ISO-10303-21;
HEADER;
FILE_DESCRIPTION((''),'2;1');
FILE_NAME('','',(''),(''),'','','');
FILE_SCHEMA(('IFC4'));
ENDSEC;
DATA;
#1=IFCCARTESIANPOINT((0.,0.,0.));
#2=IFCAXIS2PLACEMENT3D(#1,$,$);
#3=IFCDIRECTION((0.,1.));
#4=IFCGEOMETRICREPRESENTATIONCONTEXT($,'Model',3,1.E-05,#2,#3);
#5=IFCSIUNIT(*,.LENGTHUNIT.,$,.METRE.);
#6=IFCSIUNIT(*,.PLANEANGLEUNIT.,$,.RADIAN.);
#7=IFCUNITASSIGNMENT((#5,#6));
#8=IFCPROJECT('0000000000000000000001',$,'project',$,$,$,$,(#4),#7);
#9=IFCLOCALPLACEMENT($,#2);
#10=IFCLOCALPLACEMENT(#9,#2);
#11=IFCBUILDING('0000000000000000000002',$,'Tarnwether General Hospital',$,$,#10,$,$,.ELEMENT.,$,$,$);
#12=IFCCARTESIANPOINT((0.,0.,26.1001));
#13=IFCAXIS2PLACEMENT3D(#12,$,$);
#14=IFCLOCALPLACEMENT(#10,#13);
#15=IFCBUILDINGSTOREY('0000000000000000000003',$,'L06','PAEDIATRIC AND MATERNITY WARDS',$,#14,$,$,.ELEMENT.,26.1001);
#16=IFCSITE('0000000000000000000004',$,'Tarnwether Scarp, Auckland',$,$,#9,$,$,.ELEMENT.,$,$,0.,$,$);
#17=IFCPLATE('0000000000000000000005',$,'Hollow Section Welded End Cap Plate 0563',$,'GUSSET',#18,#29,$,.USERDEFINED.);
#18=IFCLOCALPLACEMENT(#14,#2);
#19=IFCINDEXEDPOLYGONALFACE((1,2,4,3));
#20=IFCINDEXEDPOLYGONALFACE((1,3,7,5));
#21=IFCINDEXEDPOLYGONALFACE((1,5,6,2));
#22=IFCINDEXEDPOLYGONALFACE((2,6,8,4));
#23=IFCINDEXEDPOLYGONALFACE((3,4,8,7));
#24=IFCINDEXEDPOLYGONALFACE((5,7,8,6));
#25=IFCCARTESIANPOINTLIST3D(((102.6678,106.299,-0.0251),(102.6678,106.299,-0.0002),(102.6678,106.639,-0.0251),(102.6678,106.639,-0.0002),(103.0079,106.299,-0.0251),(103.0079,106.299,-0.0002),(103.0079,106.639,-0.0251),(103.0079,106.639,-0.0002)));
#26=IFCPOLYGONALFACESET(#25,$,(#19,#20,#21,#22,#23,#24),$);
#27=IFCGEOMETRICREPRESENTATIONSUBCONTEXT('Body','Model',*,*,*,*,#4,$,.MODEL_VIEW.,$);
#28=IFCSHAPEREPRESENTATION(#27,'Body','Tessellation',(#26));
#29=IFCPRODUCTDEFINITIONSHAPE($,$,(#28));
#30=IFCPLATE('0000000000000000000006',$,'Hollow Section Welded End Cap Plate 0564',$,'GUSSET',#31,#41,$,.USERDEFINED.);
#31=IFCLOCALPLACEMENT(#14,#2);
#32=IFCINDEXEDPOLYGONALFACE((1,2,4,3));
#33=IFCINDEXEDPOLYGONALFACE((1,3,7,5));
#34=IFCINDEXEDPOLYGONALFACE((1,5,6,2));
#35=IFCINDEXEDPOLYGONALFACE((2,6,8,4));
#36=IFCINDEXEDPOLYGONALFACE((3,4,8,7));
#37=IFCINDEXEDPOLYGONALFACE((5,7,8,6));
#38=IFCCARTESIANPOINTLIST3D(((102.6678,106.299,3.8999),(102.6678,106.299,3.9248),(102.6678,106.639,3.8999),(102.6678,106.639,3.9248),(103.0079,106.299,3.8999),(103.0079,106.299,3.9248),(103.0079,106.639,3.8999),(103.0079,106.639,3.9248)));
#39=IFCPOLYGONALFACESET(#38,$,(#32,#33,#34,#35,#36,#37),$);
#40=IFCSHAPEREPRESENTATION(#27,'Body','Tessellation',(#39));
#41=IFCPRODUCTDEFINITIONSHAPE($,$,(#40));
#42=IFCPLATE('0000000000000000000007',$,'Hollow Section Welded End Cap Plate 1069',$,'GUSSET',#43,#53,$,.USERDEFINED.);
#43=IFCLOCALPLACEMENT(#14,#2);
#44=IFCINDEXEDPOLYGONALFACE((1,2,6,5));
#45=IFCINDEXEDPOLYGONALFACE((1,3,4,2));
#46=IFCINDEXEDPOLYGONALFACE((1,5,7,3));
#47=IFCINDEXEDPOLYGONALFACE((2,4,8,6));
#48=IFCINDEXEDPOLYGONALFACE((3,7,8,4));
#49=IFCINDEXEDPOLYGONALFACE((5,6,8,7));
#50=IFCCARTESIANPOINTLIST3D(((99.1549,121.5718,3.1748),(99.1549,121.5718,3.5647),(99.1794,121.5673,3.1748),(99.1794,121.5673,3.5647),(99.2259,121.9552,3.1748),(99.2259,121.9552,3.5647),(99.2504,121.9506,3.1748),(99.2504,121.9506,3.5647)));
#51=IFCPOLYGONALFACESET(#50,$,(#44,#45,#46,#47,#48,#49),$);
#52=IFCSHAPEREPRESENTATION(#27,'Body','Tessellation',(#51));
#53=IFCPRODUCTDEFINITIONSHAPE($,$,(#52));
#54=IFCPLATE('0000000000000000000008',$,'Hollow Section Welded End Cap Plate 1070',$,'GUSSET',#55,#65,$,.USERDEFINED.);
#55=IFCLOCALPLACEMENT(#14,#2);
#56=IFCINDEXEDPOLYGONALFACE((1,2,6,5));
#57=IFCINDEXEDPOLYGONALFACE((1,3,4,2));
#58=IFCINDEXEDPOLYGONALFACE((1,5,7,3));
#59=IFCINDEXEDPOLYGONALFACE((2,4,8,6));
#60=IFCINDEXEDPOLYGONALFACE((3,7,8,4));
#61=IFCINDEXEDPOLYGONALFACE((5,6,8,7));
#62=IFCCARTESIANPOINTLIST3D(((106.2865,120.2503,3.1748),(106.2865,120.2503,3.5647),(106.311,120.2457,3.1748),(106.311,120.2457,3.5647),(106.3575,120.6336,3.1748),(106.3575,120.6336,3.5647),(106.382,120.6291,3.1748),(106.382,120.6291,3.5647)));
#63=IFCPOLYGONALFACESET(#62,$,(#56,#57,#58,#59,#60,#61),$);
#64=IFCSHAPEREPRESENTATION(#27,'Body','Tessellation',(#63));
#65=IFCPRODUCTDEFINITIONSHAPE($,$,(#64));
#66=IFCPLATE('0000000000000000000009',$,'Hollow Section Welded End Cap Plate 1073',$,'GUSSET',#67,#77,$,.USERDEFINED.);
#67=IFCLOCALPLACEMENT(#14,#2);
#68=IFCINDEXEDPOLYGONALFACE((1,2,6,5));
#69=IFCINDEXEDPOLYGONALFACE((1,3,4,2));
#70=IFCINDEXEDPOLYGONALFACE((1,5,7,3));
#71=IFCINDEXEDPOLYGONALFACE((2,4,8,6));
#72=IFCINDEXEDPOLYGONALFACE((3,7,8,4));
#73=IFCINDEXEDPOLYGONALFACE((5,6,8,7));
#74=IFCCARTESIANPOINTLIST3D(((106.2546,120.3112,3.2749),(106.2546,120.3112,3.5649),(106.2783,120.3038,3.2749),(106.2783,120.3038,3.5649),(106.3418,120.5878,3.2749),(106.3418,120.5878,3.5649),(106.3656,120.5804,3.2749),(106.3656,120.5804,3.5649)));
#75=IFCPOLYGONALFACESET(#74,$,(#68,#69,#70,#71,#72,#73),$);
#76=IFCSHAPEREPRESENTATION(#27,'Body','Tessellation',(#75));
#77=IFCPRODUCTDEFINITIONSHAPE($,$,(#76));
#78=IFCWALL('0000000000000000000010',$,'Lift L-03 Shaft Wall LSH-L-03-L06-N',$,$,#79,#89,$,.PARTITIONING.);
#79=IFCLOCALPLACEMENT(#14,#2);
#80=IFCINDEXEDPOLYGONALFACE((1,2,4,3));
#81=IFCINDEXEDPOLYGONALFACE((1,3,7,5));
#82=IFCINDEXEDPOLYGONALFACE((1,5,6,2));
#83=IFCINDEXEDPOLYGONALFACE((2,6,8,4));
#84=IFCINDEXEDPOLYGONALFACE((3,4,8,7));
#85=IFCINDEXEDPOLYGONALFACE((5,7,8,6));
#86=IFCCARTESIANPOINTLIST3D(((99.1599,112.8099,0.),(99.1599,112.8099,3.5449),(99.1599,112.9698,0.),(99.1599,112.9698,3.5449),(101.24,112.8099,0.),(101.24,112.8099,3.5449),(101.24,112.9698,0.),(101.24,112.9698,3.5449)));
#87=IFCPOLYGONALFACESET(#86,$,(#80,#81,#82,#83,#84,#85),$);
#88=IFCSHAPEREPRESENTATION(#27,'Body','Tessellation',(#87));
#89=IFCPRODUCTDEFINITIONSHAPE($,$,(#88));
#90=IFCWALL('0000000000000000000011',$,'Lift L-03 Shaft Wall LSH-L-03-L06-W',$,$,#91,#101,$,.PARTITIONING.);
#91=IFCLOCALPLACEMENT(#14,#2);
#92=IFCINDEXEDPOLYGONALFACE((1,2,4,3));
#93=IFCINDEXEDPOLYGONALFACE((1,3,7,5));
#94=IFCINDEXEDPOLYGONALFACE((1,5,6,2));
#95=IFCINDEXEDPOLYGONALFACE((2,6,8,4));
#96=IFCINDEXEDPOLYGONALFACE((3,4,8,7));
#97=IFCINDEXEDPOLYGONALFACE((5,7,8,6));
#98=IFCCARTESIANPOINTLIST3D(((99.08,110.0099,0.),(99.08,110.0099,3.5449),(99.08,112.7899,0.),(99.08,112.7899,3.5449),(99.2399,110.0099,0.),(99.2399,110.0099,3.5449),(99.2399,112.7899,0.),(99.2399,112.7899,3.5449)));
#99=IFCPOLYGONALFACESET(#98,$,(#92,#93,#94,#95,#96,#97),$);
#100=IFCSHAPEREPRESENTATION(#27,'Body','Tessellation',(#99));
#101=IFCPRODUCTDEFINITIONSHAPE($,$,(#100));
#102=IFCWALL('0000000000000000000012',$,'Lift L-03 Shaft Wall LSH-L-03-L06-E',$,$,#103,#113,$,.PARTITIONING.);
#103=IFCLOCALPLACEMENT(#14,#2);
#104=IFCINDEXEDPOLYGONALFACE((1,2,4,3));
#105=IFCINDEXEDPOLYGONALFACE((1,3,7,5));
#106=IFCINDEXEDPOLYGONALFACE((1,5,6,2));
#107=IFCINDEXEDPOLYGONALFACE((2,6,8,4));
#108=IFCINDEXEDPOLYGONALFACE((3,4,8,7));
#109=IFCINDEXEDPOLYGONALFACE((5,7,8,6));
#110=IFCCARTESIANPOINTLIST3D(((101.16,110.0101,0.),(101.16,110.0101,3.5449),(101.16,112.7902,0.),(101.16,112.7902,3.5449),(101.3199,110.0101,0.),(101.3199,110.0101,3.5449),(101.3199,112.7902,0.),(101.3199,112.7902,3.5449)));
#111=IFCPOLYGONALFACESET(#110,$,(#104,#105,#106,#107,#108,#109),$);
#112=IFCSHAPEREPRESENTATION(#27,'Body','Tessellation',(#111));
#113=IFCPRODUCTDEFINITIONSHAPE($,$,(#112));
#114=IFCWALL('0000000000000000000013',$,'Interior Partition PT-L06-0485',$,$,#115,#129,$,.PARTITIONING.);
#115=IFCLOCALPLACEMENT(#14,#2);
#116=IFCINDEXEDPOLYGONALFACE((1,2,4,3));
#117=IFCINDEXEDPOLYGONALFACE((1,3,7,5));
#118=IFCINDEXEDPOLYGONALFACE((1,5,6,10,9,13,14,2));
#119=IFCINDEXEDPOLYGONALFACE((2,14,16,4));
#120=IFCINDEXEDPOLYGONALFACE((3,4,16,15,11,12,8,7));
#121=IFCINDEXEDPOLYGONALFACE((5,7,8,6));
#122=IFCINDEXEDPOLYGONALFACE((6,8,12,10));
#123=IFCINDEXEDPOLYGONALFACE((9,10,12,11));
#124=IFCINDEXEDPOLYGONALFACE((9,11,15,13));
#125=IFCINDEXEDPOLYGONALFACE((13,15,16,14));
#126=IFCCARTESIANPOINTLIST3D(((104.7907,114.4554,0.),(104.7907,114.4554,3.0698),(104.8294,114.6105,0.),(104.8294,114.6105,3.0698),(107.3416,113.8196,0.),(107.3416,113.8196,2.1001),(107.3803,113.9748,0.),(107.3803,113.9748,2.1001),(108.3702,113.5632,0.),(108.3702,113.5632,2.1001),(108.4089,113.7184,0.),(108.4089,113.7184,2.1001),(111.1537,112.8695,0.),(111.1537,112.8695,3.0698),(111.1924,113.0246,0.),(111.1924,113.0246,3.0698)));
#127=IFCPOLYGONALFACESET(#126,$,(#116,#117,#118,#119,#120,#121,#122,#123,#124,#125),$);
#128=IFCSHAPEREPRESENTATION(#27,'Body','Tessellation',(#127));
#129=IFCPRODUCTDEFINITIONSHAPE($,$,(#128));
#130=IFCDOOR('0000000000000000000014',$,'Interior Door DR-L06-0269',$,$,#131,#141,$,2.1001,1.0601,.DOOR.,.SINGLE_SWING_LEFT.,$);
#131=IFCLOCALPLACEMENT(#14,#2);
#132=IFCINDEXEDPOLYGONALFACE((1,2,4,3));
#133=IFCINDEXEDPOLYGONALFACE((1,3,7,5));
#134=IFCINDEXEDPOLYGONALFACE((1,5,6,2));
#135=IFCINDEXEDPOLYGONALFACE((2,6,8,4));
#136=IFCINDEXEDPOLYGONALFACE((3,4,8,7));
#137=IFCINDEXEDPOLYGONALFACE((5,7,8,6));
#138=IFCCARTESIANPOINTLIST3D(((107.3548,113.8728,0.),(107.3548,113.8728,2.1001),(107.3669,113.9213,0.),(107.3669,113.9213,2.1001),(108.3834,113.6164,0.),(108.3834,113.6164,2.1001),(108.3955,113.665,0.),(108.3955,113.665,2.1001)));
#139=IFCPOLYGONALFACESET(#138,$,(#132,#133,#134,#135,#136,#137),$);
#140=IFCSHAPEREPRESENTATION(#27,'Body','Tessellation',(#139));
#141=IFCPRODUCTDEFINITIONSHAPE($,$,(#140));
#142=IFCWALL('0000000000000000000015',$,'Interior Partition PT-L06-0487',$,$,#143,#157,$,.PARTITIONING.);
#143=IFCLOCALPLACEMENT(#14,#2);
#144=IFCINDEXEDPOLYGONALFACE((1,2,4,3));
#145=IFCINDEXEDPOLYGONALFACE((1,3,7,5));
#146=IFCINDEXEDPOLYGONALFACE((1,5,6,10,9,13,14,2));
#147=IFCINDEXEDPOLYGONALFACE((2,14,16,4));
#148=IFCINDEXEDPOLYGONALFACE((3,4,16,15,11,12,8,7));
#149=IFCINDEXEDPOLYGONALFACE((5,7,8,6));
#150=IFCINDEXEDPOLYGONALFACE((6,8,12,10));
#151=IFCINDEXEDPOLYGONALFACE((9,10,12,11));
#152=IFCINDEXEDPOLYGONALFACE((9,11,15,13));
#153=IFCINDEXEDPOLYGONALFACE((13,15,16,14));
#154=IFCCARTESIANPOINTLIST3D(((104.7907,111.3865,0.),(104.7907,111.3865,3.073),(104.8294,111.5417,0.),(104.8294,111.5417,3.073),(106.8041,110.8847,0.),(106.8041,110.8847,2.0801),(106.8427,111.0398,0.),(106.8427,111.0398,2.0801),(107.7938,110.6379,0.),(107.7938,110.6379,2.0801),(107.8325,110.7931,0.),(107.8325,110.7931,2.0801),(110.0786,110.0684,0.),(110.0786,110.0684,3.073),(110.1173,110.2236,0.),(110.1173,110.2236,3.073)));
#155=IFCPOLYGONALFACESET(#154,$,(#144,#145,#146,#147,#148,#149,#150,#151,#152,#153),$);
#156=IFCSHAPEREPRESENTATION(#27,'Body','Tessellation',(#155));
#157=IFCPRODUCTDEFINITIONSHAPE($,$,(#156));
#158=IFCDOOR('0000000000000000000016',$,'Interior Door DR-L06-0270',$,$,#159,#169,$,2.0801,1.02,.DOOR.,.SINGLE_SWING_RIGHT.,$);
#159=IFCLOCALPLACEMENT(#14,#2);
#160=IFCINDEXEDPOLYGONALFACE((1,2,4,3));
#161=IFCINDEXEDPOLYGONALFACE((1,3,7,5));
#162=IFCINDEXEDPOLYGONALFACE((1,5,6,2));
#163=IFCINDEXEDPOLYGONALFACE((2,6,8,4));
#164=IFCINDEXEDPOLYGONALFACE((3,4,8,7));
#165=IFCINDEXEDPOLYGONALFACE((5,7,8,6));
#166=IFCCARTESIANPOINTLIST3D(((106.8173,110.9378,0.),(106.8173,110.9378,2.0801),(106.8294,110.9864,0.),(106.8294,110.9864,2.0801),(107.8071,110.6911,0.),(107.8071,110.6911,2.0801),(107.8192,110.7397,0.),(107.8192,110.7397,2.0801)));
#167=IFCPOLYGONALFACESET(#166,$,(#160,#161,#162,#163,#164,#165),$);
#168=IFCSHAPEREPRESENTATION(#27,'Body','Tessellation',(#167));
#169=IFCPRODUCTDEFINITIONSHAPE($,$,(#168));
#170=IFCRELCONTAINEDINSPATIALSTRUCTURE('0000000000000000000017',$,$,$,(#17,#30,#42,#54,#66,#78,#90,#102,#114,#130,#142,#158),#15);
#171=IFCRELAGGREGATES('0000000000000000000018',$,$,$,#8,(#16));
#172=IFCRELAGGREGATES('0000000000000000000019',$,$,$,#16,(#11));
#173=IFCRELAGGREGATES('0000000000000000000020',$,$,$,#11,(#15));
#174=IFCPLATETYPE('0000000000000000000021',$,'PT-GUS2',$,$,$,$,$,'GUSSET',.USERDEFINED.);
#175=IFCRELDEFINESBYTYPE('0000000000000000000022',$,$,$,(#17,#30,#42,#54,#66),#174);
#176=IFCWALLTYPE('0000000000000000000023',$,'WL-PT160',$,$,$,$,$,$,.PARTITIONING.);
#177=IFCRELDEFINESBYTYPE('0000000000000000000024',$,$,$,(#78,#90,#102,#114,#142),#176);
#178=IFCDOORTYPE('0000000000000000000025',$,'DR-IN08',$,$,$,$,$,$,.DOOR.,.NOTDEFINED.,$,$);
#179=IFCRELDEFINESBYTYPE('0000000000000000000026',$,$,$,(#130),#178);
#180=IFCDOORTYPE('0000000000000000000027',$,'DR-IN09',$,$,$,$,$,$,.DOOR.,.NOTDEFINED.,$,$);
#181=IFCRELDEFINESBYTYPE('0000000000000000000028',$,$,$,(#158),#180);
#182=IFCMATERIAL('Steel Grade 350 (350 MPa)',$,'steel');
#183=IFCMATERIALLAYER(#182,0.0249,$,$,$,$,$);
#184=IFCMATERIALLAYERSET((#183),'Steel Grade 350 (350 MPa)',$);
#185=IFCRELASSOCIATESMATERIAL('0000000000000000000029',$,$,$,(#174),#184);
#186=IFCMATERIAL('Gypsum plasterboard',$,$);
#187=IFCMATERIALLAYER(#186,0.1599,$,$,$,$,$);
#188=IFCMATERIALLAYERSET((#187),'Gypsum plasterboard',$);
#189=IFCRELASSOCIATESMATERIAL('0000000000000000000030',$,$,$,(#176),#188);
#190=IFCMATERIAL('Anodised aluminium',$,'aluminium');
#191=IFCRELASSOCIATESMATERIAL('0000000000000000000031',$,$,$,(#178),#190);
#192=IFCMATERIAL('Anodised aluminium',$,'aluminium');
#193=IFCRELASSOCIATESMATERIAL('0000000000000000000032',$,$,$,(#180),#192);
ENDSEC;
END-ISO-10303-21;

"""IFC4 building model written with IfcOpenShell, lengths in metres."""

from ifc_helpers import new_model, si_unit, direction, frame, frame_2d, origin, origin_2d, place, context, subcontext, project, spatial, rectangle, extrude, material, layer, layer_set, type_object, element, fill, save


model = new_model("IFC4")

# Units and contexts
model_context = context("Model", 3, precision=1e-05, world=origin(), true_north=direction((0.0, 1.0)))
body_context = subcontext(model_context, "Body", "Model", "MODEL_VIEW")
ifc_project = project(units=[si_unit("LENGTHUNIT", "METRE"), si_unit("PLANEANGLEUNIT", "RADIAN")], contexts=[model_context])

# Site, building, storey
site_placement = place(None, origin())
site = spatial("IfcSite", under=ifc_project, at=site_placement, Name="Tarnwether Scarp, Auckland", CompositionType="ELEMENT", RefElevation=0.0)
building_placement = place(site_placement, origin())
building = spatial("IfcBuilding", under=site, at=building_placement, Name="Tarnwether General Hospital", CompositionType="ELEMENT")
storey_placement = place(building_placement, frame((0.0, 0.0, 26.1001)))
storey = spatial("IfcBuildingStorey", under=building, at=storey_placement, Name="L06", Description="PAEDIATRIC AND MATERNITY WARDS", CompositionType="ELEMENT", Elevation=26.1001)

# Plates
ifc_material_1 = material(Name="Steel Grade 350 (350 MPa)", Category="steel")
ifc_layer_1 = layer(ifc_material_1, 0.0249)
ifc_layer_set_1 = layer_set([ifc_layer_1], Name="Steel Grade 350 (350 MPa)")
plate_type_1 = type_object("IfcPlateType", Name="PT-GUS2", ElementType="GUSSET", PredefinedType="USERDEFINED", material=ifc_layer_set_1)
for number, where, z_axis, x_axis, name in (
    (1, (102.8379, 106.469, -0.0251), (0.0, 0.0, 1.0), (1.0, 0.0, 0.0), "Hollow Section Welded End Cap Plate 0563"),
    (2, (102.8379, 106.469, 3.8999), (0.0, 0.0, 1.0), (1.0, 0.0, 0.0), "Hollow Section Welded End Cap Plate 0564"),
):
    element("IfcPlate", number, at=place(storey_placement, frame(where, z_axis=z_axis, x_axis=x_axis)), inside=storey, type_object=plate_type_1, Name=name, ObjectType="GUSSET", PredefinedType="USERDEFINED", context=body_context, shape_type="SweptSolid", body=[
        extrude(rectangle(XDim=0.3401, YDim=0.3401, at=origin_2d()), origin(), (0.0, 0.0, 1.0), 0.0249),
    ])
for number, where, z_axis, x_axis, name in (
    (3, (99.2026, 121.7612, 3.1748), (0.0, 0.0, 1.0), (0.983261, -0.182201, 0.0), "Hollow Section Welded End Cap Plate 1069"),
    (4, (106.3342, 120.4397, 3.1748), (0.0, 0.0, 1.0), (0.983261, -0.182201, 0.0), "Hollow Section Welded End Cap Plate 1070"),
):
    element("IfcPlate", number, at=place(storey_placement, frame(where, z_axis=z_axis, x_axis=x_axis)), inside=storey, type_object=plate_type_1, Name=name, ObjectType="GUSSET", PredefinedType="USERDEFINED", context=body_context, shape_type="SweptSolid", body=[
        extrude(rectangle(XDim=0.0249, YDim=0.3899, at=origin_2d()), origin(), (0.0, 0.0, 1.0), 0.3899),
    ])
plate_1_placement = place(storey_placement, frame((106.3101, 120.4458, 3.2749), z_axis=(0.0, 0.0, 1.0), x_axis=(0.953691, -0.300789, 0.0)))
element("IfcPlate", 5, at=plate_1_placement, inside=storey, type_object=plate_type_1, Name="Hollow Section Welded End Cap Plate 1073", ObjectType="GUSSET", PredefinedType="USERDEFINED", context=body_context, shape_type="SweptSolid", body=[
    extrude(rectangle(XDim=0.0249, YDim=0.29, at=origin_2d()), origin(), (0.0, 0.0, 1.0), 0.29),
])

# Walls
ifc_material_2 = material(Name="Gypsum plasterboard")
ifc_layer_2 = layer(ifc_material_2, 0.1599)
ifc_layer_set_2 = layer_set([ifc_layer_2], Name="Gypsum plasterboard")
wall_type_1 = type_object("IfcWallType", Name="WL-PT160", PredefinedType="PARTITIONING", material=ifc_layer_set_2)
wall_1_placement = place(storey_placement, frame((101.24, 112.8899, 0.0), z_axis=(0.0, 0.0, 1.0), x_axis=(-1.0, 0.0, 0.0)))
element("IfcWall", 6, at=wall_1_placement, inside=storey, type_object=wall_type_1, Name="Lift L-03 Shaft Wall LSH-L-03-L06-N", PredefinedType="PARTITIONING", context=body_context, shape_type="SweptSolid", body=[
    extrude(rectangle(XDim=2.0801, YDim=0.1599, at=frame_2d((1.04, 0.0))), origin(), (0.0, 0.0, 1.0), 3.5449),
])
for number, where, z_axis, x_axis, name in (
    (7, (99.1599, 112.79, 0.0), (0.0, 0.0, 1.0), (0.0, -1.0, 0.0), "Lift L-03 Shaft Wall LSH-L-03-L06-W"),
    (8, (101.24, 110.01, 0.0), (0.0, 0.0, 1.0), (0.0, 1.0, 0.0), "Lift L-03 Shaft Wall LSH-L-03-L06-E"),
):
    element("IfcWall", number, at=place(storey_placement, frame(where, z_axis=z_axis, x_axis=x_axis)), inside=storey, type_object=wall_type_1, Name=name, PredefinedType="PARTITIONING", context=body_context, shape_type="SweptSolid", body=[
        extrude(rectangle(XDim=2.78, YDim=0.1599, at=frame_2d((1.3901, 0.0))), origin(), (0.0, 0.0, 1.0), 3.5449),
    ])

# Walls, openings, doors
wall_2_placement = place(storey_placement, frame((104.8101, 114.533, 0.0), z_axis=(0.0, 0.0, 1.0), x_axis=(0.970315, -0.241844, 0.0)))
wall_2 = element("IfcWall", 9, at=wall_2_placement, inside=storey, type_object=wall_type_1, Name="Interior Partition PT-L06-0485", PredefinedType="PARTITIONING", context=body_context, shape_type="SweptSolid", body=[
    extrude(rectangle(XDim=6.5576, YDim=0.1599, at=frame_2d((3.2788, 0.0))), origin(), (0.0, 0.0, 1.0), 3.0698),
])
opening_1_placement = place(wall_2_placement, frame((2.6289, 0.0, 0.0)))
opening_1 = element("IfcOpeningElement", 10, at=opening_1_placement, cuts=wall_2, PredefinedType="OPENING", context=body_context, shape_type="SweptSolid", body=[
    extrude(rectangle(XDim=1.0601, YDim=2.1001, at=frame_2d((0.53, 1.05))), frame((0.0, 0.0898, 0.0), z_axis=(0.0, -1.0, 0.0), x_axis=(1.0, 0.0, 0.0)), (0.0, 0.0, 1.0), 0.1799),
])
ifc_material_3 = material(Name="Anodised aluminium", Category="aluminium")
door_type_1 = type_object("IfcDoorType", Name="DR-IN08", OperationType="NOTDEFINED", PredefinedType="DOOR", material=ifc_material_3)
door_1_placement = place(opening_1_placement, origin())
door_1 = element("IfcDoor", 11, at=door_1_placement, inside=storey, type_object=door_type_1, Name="Interior Door DR-L06-0269", OperationType="SINGLE_SWING_LEFT", OverallHeight=2.1001, OverallWidth=1.0601, PredefinedType="DOOR", context=body_context, shape_type="SweptSolid", body=[
    extrude(rectangle(XDim=1.0601, YDim=2.1001, at=frame_2d((0.53, 1.05))), frame((0.0, 0.0249, 0.0), z_axis=(0.0, -1.0, 0.0), x_axis=(1.0, 0.0, 0.0)), (0.0, 0.0, 1.0), 0.05),
])
fill(opening_1, door_1)
wall_3_placement = place(storey_placement, frame((104.8101, 111.4641, 0.0), z_axis=(0.0, 0.0, 1.0), x_axis=(0.970308, -0.241871, 0.0)))
wall_3 = element("IfcWall", 12, at=wall_3_placement, inside=storey, type_object=wall_type_1, Name="Interior Partition PT-L06-0487", PredefinedType="PARTITIONING", context=body_context, shape_type="SweptSolid", body=[
    extrude(rectangle(XDim=5.4497, YDim=0.1599, at=frame_2d((2.7249, 0.0))), origin(), (0.0, 0.0, 1.0), 3.073),
])
opening_2_placement = place(wall_3_placement, frame((2.075, 0.0, 0.0)))
opening_2 = element("IfcOpeningElement", 13, at=opening_2_placement, cuts=wall_3, PredefinedType="OPENING", context=body_context, shape_type="SweptSolid", body=[
    extrude(rectangle(XDim=1.02, YDim=2.0801, at=frame_2d((0.51, 1.04))), frame((0.0, 0.0898, 0.0), z_axis=(0.0, -1.0, 0.0), x_axis=(1.0, 0.0, 0.0)), (0.0, 0.0, 1.0), 0.1799),
])
ifc_material_4 = material(Name="Anodised aluminium", Category="aluminium")
door_type_2 = type_object("IfcDoorType", Name="DR-IN09", OperationType="NOTDEFINED", PredefinedType="DOOR", material=ifc_material_4)
door_2_placement = place(opening_2_placement, origin())
door_2 = element("IfcDoor", 14, at=door_2_placement, inside=storey, type_object=door_type_2, Name="Interior Door DR-L06-0270", OperationType="SINGLE_SWING_RIGHT", OverallHeight=2.0801, OverallWidth=1.02, PredefinedType="DOOR", context=body_context, shape_type="SweptSolid", body=[
    extrude(rectangle(XDim=1.02, YDim=2.0801, at=frame_2d((0.51, 1.04))), frame((0.0, 0.0249, 0.0), z_axis=(0.0, -1.0, 0.0), x_axis=(1.0, 0.0, 0.0)), (0.0, 0.0, 1.0), 0.05),
])
fill(opening_2, door_2)

save(model, "model.ifc")
